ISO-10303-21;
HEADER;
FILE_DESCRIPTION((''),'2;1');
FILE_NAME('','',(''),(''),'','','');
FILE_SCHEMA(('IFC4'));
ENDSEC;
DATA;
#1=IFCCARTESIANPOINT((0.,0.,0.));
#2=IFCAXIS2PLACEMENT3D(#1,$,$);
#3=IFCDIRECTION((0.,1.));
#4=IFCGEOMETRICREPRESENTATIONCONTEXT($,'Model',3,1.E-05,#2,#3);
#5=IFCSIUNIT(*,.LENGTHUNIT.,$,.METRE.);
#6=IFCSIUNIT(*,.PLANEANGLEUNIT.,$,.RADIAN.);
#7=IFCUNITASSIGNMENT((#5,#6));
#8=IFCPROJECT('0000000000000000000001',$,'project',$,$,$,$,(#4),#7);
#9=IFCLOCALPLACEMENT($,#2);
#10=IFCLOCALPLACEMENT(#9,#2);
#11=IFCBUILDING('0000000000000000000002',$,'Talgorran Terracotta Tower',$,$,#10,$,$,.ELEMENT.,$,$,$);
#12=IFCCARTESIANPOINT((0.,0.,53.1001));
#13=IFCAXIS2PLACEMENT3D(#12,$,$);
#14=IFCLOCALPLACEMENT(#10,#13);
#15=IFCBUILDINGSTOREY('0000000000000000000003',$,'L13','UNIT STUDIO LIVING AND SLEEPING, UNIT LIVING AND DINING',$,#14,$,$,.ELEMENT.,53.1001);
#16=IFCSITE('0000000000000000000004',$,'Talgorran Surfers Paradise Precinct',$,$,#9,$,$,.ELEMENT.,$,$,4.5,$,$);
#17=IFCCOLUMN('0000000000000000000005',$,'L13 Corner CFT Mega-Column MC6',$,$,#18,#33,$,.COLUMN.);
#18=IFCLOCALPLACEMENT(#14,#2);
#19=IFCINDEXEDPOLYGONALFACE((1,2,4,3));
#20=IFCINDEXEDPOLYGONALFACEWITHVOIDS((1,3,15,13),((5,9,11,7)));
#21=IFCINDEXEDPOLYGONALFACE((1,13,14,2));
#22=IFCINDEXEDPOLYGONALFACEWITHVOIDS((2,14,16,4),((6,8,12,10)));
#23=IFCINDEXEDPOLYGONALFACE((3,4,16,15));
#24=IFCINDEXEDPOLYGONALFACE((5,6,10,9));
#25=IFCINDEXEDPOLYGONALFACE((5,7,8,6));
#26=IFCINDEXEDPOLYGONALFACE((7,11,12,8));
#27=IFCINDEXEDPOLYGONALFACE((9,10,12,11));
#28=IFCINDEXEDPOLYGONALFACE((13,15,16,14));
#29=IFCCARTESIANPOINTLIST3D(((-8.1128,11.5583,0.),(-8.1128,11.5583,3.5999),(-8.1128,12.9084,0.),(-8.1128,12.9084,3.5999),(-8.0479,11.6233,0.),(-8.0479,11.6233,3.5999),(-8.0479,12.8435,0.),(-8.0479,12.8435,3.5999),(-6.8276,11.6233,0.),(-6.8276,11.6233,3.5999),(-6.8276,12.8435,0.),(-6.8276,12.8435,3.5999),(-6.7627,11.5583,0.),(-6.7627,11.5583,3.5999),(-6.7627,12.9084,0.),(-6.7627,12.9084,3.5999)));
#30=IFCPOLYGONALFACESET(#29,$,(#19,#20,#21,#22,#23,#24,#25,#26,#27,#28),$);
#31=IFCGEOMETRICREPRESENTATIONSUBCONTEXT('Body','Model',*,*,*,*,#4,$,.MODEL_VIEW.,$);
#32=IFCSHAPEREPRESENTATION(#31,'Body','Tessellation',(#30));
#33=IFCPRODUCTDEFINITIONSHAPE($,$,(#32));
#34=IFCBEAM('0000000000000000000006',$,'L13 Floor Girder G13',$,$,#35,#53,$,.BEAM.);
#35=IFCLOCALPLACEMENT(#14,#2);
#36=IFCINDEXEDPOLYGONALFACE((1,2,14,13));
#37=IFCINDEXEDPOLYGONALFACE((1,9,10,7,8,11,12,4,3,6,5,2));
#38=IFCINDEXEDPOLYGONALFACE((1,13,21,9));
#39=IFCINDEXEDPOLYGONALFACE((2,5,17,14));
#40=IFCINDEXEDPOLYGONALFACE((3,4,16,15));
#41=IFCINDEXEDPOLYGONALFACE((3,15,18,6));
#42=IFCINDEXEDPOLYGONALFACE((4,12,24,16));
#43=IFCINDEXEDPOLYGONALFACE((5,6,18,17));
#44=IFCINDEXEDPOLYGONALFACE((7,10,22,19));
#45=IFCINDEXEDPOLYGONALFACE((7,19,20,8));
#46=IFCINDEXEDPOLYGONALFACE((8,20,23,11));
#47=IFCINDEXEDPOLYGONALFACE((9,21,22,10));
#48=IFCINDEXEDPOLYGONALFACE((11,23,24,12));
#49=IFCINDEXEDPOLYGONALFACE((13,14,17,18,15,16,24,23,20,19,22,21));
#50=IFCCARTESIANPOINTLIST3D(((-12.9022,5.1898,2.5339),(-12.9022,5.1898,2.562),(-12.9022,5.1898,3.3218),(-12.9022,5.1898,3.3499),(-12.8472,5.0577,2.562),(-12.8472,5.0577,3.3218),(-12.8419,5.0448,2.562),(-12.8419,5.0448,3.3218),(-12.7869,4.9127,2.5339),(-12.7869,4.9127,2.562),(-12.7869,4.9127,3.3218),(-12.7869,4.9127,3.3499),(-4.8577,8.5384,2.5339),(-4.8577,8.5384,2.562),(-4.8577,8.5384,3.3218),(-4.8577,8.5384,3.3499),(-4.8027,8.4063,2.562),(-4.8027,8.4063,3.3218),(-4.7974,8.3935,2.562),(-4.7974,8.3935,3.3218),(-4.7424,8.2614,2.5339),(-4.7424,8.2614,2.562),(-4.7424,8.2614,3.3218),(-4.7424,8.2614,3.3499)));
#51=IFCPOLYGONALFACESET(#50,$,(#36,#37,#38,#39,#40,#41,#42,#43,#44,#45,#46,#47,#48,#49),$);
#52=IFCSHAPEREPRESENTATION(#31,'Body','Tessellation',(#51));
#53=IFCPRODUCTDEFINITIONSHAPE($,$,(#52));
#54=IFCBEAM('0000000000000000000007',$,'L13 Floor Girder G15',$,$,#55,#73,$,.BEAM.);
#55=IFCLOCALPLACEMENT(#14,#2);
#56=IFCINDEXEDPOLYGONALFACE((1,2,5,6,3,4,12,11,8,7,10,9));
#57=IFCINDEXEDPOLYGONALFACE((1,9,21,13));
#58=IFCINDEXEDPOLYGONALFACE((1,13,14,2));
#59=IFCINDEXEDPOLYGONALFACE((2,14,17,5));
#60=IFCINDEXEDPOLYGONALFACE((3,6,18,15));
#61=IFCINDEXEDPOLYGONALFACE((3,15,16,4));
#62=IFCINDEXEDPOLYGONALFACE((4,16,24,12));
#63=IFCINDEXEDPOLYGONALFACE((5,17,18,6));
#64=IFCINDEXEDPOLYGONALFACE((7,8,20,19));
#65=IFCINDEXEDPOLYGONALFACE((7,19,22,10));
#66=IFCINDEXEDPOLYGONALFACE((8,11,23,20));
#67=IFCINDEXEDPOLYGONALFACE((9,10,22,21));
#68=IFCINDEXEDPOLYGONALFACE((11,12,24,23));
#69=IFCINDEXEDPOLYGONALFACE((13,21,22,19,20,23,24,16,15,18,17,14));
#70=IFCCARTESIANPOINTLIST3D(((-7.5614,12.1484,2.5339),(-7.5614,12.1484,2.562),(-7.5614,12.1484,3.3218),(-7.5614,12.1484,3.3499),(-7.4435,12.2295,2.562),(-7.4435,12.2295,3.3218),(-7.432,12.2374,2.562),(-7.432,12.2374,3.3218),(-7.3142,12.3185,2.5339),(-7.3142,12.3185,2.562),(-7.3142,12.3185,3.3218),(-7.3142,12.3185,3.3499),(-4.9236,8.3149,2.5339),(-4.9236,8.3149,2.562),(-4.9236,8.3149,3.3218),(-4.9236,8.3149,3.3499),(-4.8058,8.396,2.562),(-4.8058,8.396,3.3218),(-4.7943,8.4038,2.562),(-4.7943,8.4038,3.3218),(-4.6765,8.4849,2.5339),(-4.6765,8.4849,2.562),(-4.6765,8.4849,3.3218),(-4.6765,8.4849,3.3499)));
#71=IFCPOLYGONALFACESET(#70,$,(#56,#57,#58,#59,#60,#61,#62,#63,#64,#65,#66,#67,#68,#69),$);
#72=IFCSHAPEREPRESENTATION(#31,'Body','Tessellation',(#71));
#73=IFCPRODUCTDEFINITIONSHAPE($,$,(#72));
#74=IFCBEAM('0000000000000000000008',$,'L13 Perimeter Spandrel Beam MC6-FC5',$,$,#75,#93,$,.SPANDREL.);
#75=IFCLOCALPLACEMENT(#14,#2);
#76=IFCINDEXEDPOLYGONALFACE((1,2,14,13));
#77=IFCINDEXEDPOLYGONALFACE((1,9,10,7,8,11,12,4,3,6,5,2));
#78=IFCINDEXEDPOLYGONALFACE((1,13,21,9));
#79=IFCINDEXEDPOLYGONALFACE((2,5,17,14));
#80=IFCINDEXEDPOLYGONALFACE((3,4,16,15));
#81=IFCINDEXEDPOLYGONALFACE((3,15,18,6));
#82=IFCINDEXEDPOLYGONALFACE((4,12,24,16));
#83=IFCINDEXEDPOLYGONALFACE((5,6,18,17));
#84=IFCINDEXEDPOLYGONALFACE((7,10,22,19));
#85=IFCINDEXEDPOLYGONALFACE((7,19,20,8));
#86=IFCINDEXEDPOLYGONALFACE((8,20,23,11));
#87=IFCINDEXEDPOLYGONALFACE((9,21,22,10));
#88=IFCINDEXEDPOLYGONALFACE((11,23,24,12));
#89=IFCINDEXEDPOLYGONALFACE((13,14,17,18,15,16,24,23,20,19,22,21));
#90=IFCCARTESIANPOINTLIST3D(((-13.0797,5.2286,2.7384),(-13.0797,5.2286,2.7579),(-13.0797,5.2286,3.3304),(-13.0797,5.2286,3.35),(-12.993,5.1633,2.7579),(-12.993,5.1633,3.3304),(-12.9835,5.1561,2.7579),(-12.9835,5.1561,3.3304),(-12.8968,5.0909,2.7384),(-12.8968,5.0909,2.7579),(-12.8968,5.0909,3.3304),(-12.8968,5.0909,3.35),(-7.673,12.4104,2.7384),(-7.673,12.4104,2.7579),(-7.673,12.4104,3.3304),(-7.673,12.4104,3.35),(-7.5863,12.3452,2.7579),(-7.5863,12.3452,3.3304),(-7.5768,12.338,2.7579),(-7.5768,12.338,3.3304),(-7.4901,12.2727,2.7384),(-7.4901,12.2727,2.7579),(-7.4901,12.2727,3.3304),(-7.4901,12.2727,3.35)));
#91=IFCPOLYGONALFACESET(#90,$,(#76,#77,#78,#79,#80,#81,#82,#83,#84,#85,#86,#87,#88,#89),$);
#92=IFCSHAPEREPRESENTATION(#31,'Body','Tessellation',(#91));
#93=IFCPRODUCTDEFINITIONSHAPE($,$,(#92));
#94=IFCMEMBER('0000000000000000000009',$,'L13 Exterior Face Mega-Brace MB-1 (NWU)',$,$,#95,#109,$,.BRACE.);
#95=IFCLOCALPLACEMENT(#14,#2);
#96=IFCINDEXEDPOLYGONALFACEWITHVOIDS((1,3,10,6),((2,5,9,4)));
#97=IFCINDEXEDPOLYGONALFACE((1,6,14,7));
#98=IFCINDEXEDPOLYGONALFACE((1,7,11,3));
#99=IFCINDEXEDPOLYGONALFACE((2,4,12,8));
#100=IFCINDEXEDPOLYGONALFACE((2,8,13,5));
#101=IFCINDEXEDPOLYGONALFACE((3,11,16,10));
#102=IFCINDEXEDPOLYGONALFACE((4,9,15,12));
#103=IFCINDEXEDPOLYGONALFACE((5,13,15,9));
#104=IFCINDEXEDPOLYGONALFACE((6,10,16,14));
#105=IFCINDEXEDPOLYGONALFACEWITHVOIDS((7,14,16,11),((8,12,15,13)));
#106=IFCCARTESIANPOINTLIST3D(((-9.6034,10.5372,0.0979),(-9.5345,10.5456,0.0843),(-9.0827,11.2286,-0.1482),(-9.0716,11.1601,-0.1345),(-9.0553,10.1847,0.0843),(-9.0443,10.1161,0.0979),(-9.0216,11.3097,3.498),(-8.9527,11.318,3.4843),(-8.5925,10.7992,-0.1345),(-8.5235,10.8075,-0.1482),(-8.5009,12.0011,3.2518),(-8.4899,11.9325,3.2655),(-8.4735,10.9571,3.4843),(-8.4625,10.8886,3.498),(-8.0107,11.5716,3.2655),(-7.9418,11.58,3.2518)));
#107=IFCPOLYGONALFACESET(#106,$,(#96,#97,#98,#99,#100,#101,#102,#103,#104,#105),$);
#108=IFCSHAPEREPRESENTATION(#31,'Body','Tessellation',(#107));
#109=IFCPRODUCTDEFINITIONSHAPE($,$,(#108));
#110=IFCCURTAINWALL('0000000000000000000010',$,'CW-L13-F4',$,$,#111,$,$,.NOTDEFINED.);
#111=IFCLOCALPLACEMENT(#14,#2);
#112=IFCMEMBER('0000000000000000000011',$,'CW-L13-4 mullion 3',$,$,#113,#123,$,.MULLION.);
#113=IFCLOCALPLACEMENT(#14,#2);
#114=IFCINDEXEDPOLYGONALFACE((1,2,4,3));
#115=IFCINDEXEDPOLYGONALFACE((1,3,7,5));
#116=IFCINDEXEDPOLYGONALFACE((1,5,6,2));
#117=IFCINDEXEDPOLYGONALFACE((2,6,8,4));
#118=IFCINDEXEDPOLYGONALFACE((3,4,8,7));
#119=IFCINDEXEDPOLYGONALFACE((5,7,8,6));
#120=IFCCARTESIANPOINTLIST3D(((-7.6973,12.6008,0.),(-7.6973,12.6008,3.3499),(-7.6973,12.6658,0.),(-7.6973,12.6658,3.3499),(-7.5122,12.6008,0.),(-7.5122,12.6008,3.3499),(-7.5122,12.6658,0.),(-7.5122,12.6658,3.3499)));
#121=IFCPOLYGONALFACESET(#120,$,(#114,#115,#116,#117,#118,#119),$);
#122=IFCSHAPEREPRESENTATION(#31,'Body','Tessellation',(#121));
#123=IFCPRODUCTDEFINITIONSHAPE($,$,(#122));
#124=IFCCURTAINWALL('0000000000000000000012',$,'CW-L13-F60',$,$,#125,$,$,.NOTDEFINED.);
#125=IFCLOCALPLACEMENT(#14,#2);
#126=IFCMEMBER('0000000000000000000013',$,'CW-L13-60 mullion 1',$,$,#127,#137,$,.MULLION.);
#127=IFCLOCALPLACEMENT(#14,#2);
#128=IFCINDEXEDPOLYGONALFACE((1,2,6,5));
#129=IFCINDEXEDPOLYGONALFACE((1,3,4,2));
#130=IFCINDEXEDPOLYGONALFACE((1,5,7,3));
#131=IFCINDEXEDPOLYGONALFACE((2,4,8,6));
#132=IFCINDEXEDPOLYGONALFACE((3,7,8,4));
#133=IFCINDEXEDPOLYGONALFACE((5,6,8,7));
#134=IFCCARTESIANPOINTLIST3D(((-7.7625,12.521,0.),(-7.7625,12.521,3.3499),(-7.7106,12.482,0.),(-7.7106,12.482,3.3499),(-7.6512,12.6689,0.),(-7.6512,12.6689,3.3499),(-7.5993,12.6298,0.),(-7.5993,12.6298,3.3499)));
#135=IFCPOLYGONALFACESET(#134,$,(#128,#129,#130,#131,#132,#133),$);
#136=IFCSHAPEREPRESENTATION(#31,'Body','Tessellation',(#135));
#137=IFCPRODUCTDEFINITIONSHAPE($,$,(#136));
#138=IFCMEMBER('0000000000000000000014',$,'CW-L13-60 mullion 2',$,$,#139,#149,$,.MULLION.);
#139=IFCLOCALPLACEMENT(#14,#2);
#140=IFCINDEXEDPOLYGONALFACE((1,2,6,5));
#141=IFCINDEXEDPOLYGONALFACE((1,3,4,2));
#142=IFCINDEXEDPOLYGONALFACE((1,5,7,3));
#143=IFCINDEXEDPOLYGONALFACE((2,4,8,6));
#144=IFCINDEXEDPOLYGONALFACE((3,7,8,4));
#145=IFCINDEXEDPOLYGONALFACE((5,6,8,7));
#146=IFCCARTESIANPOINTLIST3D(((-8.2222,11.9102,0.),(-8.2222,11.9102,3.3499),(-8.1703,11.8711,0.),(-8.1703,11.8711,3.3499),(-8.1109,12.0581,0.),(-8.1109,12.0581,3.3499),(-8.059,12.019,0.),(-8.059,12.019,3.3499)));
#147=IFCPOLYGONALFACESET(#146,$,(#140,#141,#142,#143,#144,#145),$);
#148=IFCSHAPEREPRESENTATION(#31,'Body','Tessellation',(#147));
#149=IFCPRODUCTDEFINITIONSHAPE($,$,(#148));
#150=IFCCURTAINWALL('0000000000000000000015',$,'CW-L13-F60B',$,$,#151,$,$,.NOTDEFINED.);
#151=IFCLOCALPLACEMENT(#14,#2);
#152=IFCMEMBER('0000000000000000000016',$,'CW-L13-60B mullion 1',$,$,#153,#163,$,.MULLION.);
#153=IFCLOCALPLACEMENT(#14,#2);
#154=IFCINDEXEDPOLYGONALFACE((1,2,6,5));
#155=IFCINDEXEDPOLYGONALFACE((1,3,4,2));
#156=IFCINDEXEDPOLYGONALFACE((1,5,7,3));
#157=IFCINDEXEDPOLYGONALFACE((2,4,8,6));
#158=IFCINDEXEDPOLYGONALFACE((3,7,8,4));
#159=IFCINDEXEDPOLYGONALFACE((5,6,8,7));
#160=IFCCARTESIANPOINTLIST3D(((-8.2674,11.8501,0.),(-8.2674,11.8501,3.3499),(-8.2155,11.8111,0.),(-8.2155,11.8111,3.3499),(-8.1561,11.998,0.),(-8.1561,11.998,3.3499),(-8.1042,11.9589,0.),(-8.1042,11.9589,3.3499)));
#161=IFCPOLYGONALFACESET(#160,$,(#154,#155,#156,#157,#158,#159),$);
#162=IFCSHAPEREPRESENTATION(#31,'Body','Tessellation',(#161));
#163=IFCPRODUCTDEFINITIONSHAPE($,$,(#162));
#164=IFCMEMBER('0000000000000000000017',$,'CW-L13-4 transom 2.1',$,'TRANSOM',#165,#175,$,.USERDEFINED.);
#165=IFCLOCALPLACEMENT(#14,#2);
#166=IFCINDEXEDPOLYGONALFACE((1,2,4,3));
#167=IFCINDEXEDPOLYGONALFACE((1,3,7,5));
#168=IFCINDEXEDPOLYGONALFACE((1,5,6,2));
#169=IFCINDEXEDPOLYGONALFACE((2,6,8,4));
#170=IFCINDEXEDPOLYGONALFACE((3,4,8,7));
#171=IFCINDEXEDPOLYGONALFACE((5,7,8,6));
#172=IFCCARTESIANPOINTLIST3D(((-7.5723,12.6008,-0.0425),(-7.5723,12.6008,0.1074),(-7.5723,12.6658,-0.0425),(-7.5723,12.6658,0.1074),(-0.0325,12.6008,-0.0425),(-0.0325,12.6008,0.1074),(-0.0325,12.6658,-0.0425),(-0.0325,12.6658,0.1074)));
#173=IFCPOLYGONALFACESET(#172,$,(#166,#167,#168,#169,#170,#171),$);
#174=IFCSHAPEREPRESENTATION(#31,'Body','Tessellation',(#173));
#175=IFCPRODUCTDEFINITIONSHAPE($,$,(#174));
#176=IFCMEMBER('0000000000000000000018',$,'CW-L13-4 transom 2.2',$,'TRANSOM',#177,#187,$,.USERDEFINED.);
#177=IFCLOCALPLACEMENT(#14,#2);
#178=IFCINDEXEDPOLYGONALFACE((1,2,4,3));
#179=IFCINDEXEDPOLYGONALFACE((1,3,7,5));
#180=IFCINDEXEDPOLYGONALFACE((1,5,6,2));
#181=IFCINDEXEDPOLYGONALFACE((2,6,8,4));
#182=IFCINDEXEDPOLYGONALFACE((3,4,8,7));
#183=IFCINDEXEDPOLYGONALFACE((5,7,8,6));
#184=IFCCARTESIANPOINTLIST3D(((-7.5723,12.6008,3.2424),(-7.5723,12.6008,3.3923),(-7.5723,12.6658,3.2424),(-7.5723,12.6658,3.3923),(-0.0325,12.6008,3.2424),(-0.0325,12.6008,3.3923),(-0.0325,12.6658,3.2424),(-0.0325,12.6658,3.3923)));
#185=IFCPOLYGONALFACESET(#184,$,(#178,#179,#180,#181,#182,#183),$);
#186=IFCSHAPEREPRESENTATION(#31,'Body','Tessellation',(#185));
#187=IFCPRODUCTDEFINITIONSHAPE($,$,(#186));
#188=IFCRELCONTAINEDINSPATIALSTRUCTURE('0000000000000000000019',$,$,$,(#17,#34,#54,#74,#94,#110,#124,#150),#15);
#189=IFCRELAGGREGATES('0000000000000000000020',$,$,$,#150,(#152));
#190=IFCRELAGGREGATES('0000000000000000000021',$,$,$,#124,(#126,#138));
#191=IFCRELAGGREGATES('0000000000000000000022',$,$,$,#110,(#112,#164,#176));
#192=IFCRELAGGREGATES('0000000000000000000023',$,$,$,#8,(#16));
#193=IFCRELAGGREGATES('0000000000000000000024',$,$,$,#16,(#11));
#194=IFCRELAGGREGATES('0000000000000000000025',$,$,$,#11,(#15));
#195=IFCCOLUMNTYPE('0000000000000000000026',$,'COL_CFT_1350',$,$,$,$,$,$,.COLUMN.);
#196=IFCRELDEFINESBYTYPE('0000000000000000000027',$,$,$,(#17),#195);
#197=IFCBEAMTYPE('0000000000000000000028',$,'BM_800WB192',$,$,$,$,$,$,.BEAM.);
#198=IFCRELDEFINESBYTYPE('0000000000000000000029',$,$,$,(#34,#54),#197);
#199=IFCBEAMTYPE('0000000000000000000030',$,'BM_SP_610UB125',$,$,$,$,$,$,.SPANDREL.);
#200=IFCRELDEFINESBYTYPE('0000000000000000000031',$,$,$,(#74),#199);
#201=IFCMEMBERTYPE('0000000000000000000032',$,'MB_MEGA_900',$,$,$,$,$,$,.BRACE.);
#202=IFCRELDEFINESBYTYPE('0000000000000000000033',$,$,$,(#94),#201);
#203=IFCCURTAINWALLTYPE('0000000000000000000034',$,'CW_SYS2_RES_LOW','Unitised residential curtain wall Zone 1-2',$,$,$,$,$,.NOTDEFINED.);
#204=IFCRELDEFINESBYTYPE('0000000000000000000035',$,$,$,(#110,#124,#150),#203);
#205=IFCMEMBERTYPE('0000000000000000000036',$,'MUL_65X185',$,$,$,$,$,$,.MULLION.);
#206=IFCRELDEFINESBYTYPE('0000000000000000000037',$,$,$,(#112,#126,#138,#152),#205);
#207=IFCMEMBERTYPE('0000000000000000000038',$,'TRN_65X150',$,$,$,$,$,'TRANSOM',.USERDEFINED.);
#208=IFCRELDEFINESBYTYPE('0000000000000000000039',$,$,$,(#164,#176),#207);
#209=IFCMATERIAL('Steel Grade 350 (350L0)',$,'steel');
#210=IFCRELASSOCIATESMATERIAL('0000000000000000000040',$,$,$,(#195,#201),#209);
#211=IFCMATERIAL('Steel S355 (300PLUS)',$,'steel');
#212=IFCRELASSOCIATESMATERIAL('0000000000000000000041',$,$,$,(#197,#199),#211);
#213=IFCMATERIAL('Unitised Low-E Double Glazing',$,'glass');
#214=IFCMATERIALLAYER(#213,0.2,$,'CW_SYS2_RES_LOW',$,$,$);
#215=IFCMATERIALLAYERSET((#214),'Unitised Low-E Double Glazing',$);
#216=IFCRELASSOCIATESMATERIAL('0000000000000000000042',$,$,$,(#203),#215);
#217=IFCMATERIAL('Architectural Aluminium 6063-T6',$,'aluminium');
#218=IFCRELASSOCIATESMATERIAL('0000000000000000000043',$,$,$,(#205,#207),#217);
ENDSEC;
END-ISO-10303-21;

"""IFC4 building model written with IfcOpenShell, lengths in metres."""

from ifc_helpers import new_model, si_unit, direction, frame, origin, origin_2d, place, context, subcontext, project, spatial, rectangle, hollow_rectangle, i_section, extrude, material, layer, layer_set, material_profile, profile_set, type_object, element, aggregate, save


model = new_model("IFC4")

# Units and contexts
model_context = context("Model", 3, precision=1e-05, world=origin(), true_north=direction((0.0, 1.0)))
body_context = subcontext(model_context, "Body", "Model", "MODEL_VIEW")
ifc_project = project(units=[si_unit("LENGTHUNIT", "METRE"), si_unit("PLANEANGLEUNIT", "RADIAN")], contexts=[model_context])

# Site, building, storey
site_placement = place(None, origin())
site = spatial("IfcSite", under=ifc_project, at=site_placement, Name="Talgorran Surfers Paradise Precinct", CompositionType="ELEMENT", RefElevation=4.5)
building_placement = place(site_placement, origin())
building = spatial("IfcBuilding", under=site, at=building_placement, Name="Talgorran Terracotta Tower", CompositionType="ELEMENT")
storey_placement = place(building_placement, frame((0.0, 0.0, 53.1001)))
storey = spatial("IfcBuildingStorey", under=building, at=storey_placement, Name="L13", Description="UNIT STUDIO LIVING AND SLEEPING, UNIT LIVING AND DINING", CompositionType="ELEMENT", Elevation=53.1001)

# Column
ifc_material_1 = material(Name="Steel Grade 350 (350L0)", Category="steel")
ifc_material_profile_1 = material_profile(ifc_material_1, hollow_rectangle(XDim=1.3501, YDim=1.3501, WallThickness=0.0649, at=origin_2d()), Name="CFT1350X1350X65")
ifc_profile_set_1 = profile_set([ifc_material_profile_1], Name="Steel Grade 350 (350L0)")
column_type = type_object("IfcColumnType", Name="COL_CFT_1350", PredefinedType="COLUMN", material=ifc_profile_set_1)
column_placement = place(storey_placement, frame((-7.4377, 12.2334, 0.0), z_axis=(0.0, 0.0, 1.0), x_axis=(1.0, 0.0, 0.0)))
element("IfcColumn", 1, at=column_placement, inside=storey, type_object=column_type, Name="L13 Corner CFT Mega-Column MC6", PredefinedType="COLUMN", context=body_context, shape_type="SweptSolid", body=[
    extrude(hollow_rectangle(XDim=1.3501, YDim=1.3501, WallThickness=0.0649, at=origin_2d()), origin(), (0.0, 0.0, 1.0), 3.5999),
])

# Beams
ifc_material_2 = material(Name="Steel S355 (300PLUS)", Category="steel")
ifc_material_profile_2 = material_profile(ifc_material_2, i_section(OverallWidth=0.3, OverallDepth=0.8159, WebThickness=0.0139, FlangeThickness=0.0281, at=origin_2d()), Name="800WB192")
ifc_profile_set_2 = profile_set([ifc_material_profile_2], Name="Steel S355 (300PLUS)")
beam_type_1 = type_object("IfcBeamType", Name="BM_800WB192", PredefinedType="BEAM", material=ifc_profile_set_2)
beam_1_placement = place(storey_placement, frame((-4.8, 8.3999, 2.9419), z_axis=(-0.923208, -0.384301, 0.0), x_axis=(0.384301, -0.923208, 0.0)))
element("IfcBeam", 2, at=beam_1_placement, inside=storey, type_object=beam_type_1, Name="L13 Floor Girder G13", PredefinedType="BEAM", context=body_context, shape_type="SweptSolid", body=[
    extrude(i_section(OverallWidth=0.3, OverallDepth=0.8159, WebThickness=0.0139, FlangeThickness=0.0281, at=origin_2d()), origin(), (0.0, 0.0, 1.0), 8.7136),
])
beam_2_placement = place(storey_placement, frame((-4.8, 8.3999, 2.9419), z_axis=(-0.566845, 0.823824, 0.0), x_axis=(-0.823824, -0.566845, 0.0)))
element("IfcBeam", 3, at=beam_2_placement, inside=storey, type_object=beam_type_1, Name="L13 Floor Girder G15", PredefinedType="BEAM", context=body_context, shape_type="SweptSolid", body=[
    extrude(i_section(OverallWidth=0.3, OverallDepth=0.8159, WebThickness=0.0139, FlangeThickness=0.0281, at=origin_2d()), origin(), (0.0, 0.0, 1.0), 4.6533),
])
ifc_material_profile_3 = material_profile(ifc_material_2, i_section(OverallWidth=0.229, OverallDepth=0.6116, WebThickness=0.012, FlangeThickness=0.0195, at=origin_2d()), Name="610UB125")
ifc_profile_set_3 = profile_set([ifc_material_profile_3], Name="Steel S355 (300PLUS)")
beam_type_2 = type_object("IfcBeamType", Name="BM_SP_610UB125", PredefinedType="SPANDREL", material=ifc_profile_set_3)
beam_3_placement = place(storey_placement, frame((-7.5815, 12.3416, 3.0442), z_axis=(-0.601446, -0.798913, 0.0), x_axis=(0.798913, -0.601446, 0.0)))
element("IfcBeam", 4, at=beam_3_placement, inside=storey, type_object=beam_type_2, Name="L13 Perimeter Spandrel Beam MC6-FC5", PredefinedType="SPANDREL", context=body_context, shape_type="SweptSolid", body=[
    extrude(i_section(OverallWidth=0.229, OverallDepth=0.6116, WebThickness=0.012, FlangeThickness=0.0195, at=origin_2d()), origin(), (0.0, 0.0, 1.0), 8.9895),
])

# Member
ifc_material_profile_4 = material_profile(ifc_material_1, hollow_rectangle(XDim=0.7, YDim=0.8999, WallThickness=0.05, at=origin_2d()), Name="WBOX900X700X50")
ifc_profile_set_4 = profile_set([ifc_material_profile_4], Name="Steel Grade 350 (350L0)")
member_type_1 = type_object("IfcMemberType", Name="MB_MEGA_900", PredefinedType="BRACE", material=ifc_profile_set_4)
member_1_placement = place(storey_placement, frame((-9.0635, 10.6724, -0.0251), z_axis=(0.164579, 0.218518, 0.961854), x_axis=(-0.798787, 0.601615, 0.0)))
element("IfcMember", 5, at=member_1_placement, inside=storey, type_object=member_type_1, Name="L13 Exterior Face Mega-Brace MB-1 (NWU)", PredefinedType="BRACE", context=body_context, shape_type="SweptSolid", body=[
    extrude(hollow_rectangle(XDim=0.7, YDim=0.8999, WallThickness=0.05, at=origin_2d()), origin(), (0.0, 0.0, 1.0), 3.5349),
])

# Curtain wall, member
ifc_material_3 = material(Name="Unitised Low-E Double Glazing", Category="glass")
ifc_layer_1 = layer(ifc_material_3, 0.2, Name="CW_SYS2_RES_LOW")
ifc_layer_set_1 = layer_set([ifc_layer_1], Name="Unitised Low-E Double Glazing")
curtain_wall_type = type_object("IfcCurtainWallType", Name="CW_SYS2_RES_LOW", Description="Unitised residential curtain wall Zone 1-2", PredefinedType="NOTDEFINED", material=ifc_layer_set_1)
curtain_wall_1_placement = place(storey_placement, origin())
curtain_wall_1 = element("IfcCurtainWall", 6, at=curtain_wall_1_placement, inside=storey, type_object=curtain_wall_type, Name="CW-L13-F4", PredefinedType="NOTDEFINED")
ifc_material_4 = material(Name="Architectural Aluminium 6063-T6", Category="aluminium")
ifc_material_profile_5 = material_profile(ifc_material_4, rectangle(XDim=0.0649, YDim=0.1851, at=origin_2d()), Name="CWM65X185")
ifc_profile_set_5 = profile_set([ifc_material_profile_5], Name="Architectural Aluminium 6063-T6")
member_type_2 = type_object("IfcMemberType", Name="MUL_65X185", PredefinedType="MULLION", material=ifc_profile_set_5)
member_2_placement = place(storey_placement, frame((-7.6047, 12.6333, 0.0), z_axis=(0.0, 0.0, 1.0), x_axis=(0.0, -1.0, 0.0)))
member_2 = element("IfcMember", 7, at=member_2_placement, type_object=member_type_2, Name="CW-L13-4 mullion 3", PredefinedType="MULLION", context=body_context, shape_type="SweptSolid", body=[
    extrude(rectangle(XDim=0.0649, YDim=0.1851, at=origin_2d()), origin(), (0.0, 0.0, 1.0), 3.3499),
])

# Curtain wall, members
curtain_wall_2_placement = place(storey_placement, origin())
curtain_wall_2 = element("IfcCurtainWall", 8, at=curtain_wall_2_placement, inside=storey, type_object=curtain_wall_type, Name="CW-L13-F60", PredefinedType="NOTDEFINED")
member_3_placement = place(storey_placement, frame((-7.6809, 12.5754, 0.0), z_axis=(0.0, 0.0, 1.0), x_axis=(0.798914, -0.601446, 0.0)))
member_3 = element("IfcMember", 9, at=member_3_placement, type_object=member_type_2, Name="CW-L13-60 mullion 1", PredefinedType="MULLION", context=body_context, shape_type="SweptSolid", body=[
    extrude(rectangle(XDim=0.0649, YDim=0.1851, at=origin_2d()), origin(), (0.0, 0.0, 1.0), 3.3499),
])
member_4_placement = place(storey_placement, frame((-8.1406, 11.9646, 0.0), z_axis=(0.0, 0.0, 1.0), x_axis=(0.798914, -0.601446, 0.0)))
member_4 = element("IfcMember", 10, at=member_4_placement, type_object=member_type_2, Name="CW-L13-60 mullion 2", PredefinedType="MULLION", context=body_context, shape_type="SweptSolid", body=[
    extrude(rectangle(XDim=0.0649, YDim=0.1851, at=origin_2d()), origin(), (0.0, 0.0, 1.0), 3.3499),
])

# Curtain wall, member
curtain_wall_3_placement = place(storey_placement, origin())
curtain_wall_3 = element("IfcCurtainWall", 11, at=curtain_wall_3_placement, inside=storey, type_object=curtain_wall_type, Name="CW-L13-F60B", PredefinedType="NOTDEFINED")
member_5_placement = place(storey_placement, frame((-8.1858, 11.9045, 0.0), z_axis=(0.0, 0.0, 1.0), x_axis=(0.798919, -0.601439, 0.0)))
member_5 = element("IfcMember", 12, at=member_5_placement, type_object=member_type_2, Name="CW-L13-60B mullion 1", PredefinedType="MULLION", context=body_context, shape_type="SweptSolid", body=[
    extrude(rectangle(XDim=0.0649, YDim=0.1851, at=origin_2d()), origin(), (0.0, 0.0, 1.0), 3.3499),
])

# Members
ifc_material_profile_6 = material_profile(ifc_material_4, rectangle(XDim=0.0649, YDim=0.1499, at=origin_2d()), Name="CWT65X150")
ifc_profile_set_6 = profile_set([ifc_material_profile_6], Name="Architectural Aluminium 6063-T6")
member_type_3 = type_object("IfcMemberType", Name="TRN_65X150", ElementType="TRANSOM", PredefinedType="USERDEFINED", material=ifc_profile_set_6)
member_6_placement = place(storey_placement, frame((-0.0325, 12.6333, 0.0325), z_axis=(-1.0, 0.0, 0.0), x_axis=(0.0, -1.0, 0.0)))
member_6 = element("IfcMember", 13, at=member_6_placement, type_object=member_type_3, Name="CW-L13-4 transom 2.1", ObjectType="TRANSOM", PredefinedType="USERDEFINED", context=body_context, shape_type="SweptSolid", body=[
    extrude(rectangle(XDim=0.0649, YDim=0.1499, at=origin_2d()), origin(), (0.0, 0.0, 1.0), 7.5398),
])
member_7_placement = place(storey_placement, frame((-0.0325, 12.6333, 3.3174), z_axis=(-1.0, 0.0, 0.0), x_axis=(0.0, -1.0, 0.0)))
member_7 = element("IfcMember", 14, at=member_7_placement, type_object=member_type_3, Name="CW-L13-4 transom 2.2", ObjectType="TRANSOM", PredefinedType="USERDEFINED", context=body_context, shape_type="SweptSolid", body=[
    extrude(rectangle(XDim=0.0649, YDim=0.1499, at=origin_2d()), origin(), (0.0, 0.0, 1.0), 7.5398),
])

aggregate(curtain_wall_3, [member_5])
aggregate(curtain_wall_2, [member_3, member_4])
aggregate(curtain_wall_1, [member_2, member_6, member_7])

save(model, "model.ifc")
